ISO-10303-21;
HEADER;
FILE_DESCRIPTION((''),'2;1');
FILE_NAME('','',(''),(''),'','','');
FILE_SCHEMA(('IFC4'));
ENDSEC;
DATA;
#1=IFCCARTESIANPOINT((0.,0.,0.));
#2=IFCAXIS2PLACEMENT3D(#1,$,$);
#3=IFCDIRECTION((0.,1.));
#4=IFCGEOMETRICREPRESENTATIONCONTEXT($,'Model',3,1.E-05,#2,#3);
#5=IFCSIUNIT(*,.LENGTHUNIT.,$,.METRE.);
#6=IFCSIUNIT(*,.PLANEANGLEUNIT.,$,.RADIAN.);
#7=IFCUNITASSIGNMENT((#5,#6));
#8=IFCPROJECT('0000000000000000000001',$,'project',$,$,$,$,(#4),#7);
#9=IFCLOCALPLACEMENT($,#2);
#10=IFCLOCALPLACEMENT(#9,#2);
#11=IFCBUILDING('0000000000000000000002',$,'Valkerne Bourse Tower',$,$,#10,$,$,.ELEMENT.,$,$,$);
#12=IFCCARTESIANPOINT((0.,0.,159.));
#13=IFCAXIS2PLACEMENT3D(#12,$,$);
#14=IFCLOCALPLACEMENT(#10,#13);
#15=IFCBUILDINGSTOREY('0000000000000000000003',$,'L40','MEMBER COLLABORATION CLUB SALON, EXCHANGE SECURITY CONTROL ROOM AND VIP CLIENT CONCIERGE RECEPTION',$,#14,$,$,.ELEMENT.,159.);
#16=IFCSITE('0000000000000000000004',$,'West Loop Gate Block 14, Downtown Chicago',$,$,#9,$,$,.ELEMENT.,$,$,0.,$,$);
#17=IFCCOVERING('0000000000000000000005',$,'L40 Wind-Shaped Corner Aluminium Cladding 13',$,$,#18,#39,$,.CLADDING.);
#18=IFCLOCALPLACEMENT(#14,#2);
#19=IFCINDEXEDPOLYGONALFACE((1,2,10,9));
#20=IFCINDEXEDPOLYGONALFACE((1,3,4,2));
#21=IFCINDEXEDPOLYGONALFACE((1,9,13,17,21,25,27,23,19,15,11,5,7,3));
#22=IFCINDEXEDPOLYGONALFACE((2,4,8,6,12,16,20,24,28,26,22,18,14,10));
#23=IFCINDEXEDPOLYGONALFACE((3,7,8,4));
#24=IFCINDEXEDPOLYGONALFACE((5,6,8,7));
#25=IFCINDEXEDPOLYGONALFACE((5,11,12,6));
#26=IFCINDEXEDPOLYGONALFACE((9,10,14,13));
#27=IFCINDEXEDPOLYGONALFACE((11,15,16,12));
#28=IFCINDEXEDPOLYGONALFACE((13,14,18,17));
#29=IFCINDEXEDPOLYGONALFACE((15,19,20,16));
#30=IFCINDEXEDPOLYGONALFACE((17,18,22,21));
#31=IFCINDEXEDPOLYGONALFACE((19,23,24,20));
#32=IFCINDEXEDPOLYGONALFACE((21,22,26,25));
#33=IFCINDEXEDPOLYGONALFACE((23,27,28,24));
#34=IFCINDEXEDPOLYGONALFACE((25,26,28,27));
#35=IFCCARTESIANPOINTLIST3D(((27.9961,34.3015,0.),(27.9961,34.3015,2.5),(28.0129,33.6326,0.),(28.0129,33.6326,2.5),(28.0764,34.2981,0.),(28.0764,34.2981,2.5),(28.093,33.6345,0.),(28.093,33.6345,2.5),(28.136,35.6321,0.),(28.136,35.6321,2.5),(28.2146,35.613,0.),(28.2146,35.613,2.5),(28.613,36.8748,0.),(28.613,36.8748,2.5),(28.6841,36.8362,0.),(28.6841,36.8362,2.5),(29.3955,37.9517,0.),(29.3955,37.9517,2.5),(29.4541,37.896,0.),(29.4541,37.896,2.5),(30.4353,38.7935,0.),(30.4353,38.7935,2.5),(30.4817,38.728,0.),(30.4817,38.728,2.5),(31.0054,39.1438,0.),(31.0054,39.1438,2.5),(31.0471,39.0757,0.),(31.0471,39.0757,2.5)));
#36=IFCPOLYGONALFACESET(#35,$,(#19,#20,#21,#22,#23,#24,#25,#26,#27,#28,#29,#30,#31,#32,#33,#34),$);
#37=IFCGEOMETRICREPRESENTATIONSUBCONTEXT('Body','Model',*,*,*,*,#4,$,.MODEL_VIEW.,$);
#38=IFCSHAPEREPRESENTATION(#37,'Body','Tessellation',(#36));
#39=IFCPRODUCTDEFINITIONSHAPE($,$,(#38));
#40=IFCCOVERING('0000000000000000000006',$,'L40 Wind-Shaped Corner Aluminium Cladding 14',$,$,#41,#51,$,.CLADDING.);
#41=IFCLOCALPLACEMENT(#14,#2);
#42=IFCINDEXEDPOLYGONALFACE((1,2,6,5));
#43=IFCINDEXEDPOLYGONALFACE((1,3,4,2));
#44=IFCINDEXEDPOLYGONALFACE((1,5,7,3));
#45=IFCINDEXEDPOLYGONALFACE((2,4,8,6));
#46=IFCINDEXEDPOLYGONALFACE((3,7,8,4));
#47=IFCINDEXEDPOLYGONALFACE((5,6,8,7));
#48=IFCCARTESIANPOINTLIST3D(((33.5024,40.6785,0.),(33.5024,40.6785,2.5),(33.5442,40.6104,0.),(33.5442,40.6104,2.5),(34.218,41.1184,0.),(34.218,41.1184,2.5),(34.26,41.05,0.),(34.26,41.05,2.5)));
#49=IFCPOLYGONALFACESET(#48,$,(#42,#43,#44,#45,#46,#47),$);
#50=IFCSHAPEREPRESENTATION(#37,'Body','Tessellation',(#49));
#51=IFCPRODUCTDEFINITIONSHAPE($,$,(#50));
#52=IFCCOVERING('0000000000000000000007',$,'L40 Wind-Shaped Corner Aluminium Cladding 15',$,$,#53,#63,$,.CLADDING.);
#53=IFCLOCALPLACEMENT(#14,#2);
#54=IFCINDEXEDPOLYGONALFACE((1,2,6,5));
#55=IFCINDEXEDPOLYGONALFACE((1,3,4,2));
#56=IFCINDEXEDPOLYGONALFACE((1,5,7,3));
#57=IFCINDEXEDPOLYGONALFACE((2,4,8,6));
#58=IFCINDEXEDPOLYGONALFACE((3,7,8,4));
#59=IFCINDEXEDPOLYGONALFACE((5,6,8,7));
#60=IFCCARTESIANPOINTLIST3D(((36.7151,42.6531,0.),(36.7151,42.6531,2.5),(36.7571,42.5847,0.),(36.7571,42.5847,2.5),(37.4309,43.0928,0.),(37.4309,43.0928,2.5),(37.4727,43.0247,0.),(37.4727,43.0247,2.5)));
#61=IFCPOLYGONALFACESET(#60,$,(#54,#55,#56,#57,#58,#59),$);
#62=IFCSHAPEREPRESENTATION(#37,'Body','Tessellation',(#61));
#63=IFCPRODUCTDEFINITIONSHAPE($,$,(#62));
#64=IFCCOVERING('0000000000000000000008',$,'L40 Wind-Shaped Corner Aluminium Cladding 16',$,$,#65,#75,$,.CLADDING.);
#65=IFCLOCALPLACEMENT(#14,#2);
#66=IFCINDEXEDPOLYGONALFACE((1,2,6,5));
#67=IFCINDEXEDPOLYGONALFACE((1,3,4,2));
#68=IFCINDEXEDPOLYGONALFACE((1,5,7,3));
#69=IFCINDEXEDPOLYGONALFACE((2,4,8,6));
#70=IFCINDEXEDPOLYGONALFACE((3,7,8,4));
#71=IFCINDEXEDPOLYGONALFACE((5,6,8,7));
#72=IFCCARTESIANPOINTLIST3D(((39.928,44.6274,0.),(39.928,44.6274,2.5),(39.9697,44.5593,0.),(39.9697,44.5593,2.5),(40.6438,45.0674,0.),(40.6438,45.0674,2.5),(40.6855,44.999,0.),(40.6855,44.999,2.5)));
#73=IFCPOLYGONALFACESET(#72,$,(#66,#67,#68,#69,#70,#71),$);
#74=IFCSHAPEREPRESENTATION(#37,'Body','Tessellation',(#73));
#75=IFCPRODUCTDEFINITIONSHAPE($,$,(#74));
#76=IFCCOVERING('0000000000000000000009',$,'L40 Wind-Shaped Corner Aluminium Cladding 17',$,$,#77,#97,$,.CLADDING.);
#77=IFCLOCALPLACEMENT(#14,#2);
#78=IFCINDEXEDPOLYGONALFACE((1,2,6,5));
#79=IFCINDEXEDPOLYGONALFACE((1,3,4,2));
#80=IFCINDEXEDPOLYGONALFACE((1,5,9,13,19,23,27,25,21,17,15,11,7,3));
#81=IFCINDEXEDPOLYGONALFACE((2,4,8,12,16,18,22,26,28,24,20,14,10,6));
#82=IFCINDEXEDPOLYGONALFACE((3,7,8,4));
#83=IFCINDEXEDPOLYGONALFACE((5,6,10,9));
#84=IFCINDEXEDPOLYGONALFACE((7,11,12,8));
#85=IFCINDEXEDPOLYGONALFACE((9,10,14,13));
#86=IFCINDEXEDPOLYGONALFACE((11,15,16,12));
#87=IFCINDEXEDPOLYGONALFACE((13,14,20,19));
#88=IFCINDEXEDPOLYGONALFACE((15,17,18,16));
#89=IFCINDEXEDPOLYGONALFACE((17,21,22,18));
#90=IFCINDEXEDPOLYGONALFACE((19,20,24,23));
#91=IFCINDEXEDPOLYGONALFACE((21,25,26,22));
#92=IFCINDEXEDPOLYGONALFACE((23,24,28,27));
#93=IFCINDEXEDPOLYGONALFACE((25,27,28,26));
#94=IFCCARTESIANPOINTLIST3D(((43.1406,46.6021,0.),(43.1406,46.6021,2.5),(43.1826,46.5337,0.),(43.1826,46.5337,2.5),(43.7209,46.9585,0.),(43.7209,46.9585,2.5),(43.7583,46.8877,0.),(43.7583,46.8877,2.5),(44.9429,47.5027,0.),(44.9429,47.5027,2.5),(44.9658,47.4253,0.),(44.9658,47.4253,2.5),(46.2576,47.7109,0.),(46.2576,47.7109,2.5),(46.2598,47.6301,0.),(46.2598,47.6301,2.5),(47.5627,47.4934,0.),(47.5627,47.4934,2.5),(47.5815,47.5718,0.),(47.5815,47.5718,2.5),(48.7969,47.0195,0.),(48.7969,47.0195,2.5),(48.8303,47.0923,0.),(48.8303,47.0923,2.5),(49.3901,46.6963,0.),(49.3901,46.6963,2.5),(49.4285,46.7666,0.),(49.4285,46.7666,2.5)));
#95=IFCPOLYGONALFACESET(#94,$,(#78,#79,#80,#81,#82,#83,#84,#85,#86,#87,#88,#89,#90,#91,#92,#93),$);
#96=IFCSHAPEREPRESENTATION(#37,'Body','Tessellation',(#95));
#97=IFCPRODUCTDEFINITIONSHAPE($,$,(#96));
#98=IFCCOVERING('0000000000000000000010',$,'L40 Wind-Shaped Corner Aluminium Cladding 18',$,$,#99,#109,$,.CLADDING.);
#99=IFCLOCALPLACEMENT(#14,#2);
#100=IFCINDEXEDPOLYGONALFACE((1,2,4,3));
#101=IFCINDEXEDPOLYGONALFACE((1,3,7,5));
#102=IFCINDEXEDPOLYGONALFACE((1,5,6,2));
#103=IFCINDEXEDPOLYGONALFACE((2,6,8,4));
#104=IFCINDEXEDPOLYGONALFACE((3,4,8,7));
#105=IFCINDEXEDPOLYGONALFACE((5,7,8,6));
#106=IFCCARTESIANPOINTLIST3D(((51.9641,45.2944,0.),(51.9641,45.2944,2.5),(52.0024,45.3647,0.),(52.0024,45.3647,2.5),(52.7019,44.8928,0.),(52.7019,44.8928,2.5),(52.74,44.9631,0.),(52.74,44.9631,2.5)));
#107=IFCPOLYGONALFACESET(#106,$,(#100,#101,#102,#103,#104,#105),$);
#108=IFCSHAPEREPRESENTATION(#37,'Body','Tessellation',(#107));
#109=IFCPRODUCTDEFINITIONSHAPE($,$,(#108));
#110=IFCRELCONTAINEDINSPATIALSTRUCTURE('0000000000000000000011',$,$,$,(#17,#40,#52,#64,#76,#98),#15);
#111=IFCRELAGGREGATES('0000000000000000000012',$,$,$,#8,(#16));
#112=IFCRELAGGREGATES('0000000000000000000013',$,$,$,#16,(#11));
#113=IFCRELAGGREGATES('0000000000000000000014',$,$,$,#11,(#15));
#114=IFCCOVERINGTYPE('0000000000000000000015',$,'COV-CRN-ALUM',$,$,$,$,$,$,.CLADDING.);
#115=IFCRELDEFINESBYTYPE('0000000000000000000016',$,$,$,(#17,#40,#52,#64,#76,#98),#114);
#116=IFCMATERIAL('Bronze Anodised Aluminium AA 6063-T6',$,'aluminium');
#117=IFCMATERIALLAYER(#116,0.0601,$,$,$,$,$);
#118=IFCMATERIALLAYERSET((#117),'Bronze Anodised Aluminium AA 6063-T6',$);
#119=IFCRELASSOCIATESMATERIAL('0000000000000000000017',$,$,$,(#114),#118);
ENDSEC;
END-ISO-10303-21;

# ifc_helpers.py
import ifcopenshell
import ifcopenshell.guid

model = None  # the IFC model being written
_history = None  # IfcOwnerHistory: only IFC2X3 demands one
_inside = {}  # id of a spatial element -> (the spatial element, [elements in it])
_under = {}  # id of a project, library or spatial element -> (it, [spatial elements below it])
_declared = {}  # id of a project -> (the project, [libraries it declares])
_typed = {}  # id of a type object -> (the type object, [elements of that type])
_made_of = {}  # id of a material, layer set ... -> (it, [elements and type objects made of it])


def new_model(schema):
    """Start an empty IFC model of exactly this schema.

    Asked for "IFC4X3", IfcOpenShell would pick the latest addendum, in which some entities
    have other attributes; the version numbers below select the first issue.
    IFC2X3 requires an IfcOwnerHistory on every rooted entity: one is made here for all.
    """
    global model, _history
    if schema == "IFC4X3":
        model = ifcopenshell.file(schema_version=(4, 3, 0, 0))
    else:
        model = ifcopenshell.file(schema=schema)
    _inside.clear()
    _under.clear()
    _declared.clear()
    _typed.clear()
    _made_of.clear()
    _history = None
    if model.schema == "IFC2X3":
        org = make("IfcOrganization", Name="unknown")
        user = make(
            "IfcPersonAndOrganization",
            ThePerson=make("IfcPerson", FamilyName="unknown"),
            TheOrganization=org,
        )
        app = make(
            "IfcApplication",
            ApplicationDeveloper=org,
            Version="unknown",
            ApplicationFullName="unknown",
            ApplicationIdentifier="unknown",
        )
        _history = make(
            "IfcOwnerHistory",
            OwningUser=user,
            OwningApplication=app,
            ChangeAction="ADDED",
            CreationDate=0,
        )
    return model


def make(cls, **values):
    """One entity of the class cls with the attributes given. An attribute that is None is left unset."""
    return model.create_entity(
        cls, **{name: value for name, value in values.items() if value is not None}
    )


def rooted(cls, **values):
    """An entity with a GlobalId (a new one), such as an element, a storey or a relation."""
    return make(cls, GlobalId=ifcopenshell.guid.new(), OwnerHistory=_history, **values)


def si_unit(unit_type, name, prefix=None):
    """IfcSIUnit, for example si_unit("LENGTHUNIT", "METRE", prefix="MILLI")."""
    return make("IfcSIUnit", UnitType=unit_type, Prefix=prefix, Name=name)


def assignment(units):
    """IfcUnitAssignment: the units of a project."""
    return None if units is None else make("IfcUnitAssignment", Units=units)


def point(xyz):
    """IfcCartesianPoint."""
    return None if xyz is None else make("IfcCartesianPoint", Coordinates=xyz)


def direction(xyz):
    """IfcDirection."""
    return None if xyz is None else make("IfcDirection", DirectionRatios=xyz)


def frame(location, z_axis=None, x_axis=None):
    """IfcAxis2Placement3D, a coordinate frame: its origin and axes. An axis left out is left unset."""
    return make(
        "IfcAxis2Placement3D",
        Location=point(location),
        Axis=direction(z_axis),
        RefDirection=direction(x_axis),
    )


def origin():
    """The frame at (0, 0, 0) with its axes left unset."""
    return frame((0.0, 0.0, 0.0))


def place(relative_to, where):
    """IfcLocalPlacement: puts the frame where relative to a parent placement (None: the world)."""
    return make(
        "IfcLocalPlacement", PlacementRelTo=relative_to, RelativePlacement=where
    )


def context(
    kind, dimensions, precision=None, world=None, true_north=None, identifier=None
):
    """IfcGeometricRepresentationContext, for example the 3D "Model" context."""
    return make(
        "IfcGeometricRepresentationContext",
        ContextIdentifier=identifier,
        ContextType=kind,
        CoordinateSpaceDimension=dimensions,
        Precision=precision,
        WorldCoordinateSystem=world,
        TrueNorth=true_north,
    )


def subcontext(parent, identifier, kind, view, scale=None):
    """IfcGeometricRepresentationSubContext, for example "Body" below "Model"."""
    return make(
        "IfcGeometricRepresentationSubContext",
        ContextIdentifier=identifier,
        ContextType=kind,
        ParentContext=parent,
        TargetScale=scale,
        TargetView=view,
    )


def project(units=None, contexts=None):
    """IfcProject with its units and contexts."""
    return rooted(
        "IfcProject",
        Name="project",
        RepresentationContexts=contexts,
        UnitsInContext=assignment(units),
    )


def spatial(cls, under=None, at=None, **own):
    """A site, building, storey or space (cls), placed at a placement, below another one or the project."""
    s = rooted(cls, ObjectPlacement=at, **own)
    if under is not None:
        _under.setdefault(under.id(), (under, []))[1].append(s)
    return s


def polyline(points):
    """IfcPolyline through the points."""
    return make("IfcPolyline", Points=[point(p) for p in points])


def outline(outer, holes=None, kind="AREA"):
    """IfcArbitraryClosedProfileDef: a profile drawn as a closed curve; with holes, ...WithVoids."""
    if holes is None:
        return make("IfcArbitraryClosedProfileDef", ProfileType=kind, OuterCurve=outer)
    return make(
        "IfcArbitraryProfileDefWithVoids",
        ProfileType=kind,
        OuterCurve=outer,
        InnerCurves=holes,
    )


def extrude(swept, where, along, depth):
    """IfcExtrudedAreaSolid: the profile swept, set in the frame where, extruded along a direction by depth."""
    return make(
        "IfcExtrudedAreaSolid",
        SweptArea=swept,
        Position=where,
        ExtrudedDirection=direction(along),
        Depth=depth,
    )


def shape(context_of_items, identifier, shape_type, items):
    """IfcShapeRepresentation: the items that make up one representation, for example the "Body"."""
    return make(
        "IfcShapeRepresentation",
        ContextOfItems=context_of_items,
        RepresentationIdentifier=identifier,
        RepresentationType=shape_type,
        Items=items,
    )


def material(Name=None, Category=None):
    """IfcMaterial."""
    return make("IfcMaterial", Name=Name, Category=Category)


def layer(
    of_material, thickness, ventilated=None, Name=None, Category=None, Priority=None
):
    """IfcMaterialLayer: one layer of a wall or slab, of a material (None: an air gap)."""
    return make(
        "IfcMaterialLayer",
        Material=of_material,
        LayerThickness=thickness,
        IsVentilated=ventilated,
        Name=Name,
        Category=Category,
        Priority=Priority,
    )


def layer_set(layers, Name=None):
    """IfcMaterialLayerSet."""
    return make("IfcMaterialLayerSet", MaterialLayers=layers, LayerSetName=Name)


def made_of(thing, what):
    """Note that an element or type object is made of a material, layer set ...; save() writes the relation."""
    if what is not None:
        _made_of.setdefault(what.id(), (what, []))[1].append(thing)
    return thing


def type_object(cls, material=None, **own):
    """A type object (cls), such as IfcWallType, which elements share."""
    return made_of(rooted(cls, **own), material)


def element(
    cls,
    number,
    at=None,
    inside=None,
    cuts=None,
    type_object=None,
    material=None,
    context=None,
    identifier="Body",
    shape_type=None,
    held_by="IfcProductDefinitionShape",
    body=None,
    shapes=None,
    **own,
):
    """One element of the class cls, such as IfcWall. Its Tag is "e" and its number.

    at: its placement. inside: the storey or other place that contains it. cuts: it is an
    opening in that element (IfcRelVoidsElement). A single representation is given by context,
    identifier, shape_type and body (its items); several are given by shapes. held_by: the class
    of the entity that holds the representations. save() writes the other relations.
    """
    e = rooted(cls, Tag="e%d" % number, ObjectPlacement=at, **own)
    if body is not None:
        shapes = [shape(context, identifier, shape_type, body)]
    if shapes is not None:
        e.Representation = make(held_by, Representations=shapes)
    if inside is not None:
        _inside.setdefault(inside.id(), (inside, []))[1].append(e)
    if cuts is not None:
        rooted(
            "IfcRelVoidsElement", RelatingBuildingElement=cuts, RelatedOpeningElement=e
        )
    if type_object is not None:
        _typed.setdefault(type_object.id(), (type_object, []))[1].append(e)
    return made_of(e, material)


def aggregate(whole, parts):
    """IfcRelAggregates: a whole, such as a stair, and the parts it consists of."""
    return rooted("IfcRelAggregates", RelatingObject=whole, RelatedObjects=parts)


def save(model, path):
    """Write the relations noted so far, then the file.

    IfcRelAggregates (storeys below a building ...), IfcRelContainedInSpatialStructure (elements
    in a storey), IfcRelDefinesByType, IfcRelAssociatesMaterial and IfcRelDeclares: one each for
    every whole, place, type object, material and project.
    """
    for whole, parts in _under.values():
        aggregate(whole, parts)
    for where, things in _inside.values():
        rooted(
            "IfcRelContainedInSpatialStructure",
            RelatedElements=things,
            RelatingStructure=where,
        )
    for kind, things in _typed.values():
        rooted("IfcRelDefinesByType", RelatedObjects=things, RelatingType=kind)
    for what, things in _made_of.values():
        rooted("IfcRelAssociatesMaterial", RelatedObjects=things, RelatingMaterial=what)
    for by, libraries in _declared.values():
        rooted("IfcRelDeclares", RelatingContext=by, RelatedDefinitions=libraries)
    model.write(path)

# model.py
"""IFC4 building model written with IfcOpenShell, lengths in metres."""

from ifc_helpers import new_model, si_unit, direction, frame, origin, place, context, subcontext, project, spatial, polyline, outline, extrude, material, layer, layer_set, type_object, element, save


model = new_model("IFC4")

# Units and contexts
model_context = context("Model", 3, precision=1e-05, world=origin(), true_north=direction((0.0, 1.0)))
body_context = subcontext(model_context, "Body", "Model", "MODEL_VIEW")
ifc_project = project(units=[si_unit("LENGTHUNIT", "METRE"), si_unit("PLANEANGLEUNIT", "RADIAN")], contexts=[model_context])

# Site, building, storey
site_placement = place(None, origin())
site = spatial("IfcSite", under=ifc_project, at=site_placement, Name="West Loop Gate Block 14, Downtown Chicago", CompositionType="ELEMENT", RefElevation=0.0)
building_placement = place(site_placement, origin())
building = spatial("IfcBuilding", under=site, at=building_placement, Name="Valkerne Bourse Tower", CompositionType="ELEMENT")
storey_placement = place(building_placement, frame((0.0, 0.0, 159.0)))
storey = spatial("IfcBuildingStorey", under=building, at=storey_placement, Name="L40", Description="MEMBER COLLABORATION CLUB SALON, EXCHANGE SECURITY CONTROL ROOM AND VIP CLIENT CONCIERGE RECEPTION", CompositionType="ELEMENT", Elevation=159.0)

# Coverings
ifc_material_1 = material(Name="Bronze Anodised Aluminium AA 6063-T6", Category="aluminium")
ifc_layer_1 = layer(ifc_material_1, 0.0601)
ifc_layer_set_1 = layer_set([ifc_layer_1], Name="Bronze Anodised Aluminium AA 6063-T6")
covering_type = type_object("IfcCoveringType", Name="COV-CRN-ALUM", PredefinedType="CLADDING", material=ifc_layer_set_1)
covering_1_placement = place(storey_placement, origin())
element("IfcCovering", 1, at=covering_1_placement, inside=storey, type_object=covering_type, Name="L40 Wind-Shaped Corner Aluminium Cladding 13", PredefinedType="CLADDING", context=body_context, shape_type="SweptSolid", body=[
    extrude(outline(polyline([(27.9961, 34.3015), (28.136, 35.6321), (28.613, 36.8748), (29.3955, 37.9517), (30.4353, 38.7935), (31.0054, 39.1438), (31.0471, 39.0757), (30.4817, 38.728), (29.4541, 37.896), (28.6841, 36.8362), (28.2146, 35.613), (28.0764, 34.2981), (28.093, 33.6345), (28.0129, 33.6326), (27.9961, 34.3015)])), origin(), (0.0, 0.0, 1.0), 2.5),
])
covering_2_placement = place(storey_placement, origin())
element("IfcCovering", 2, at=covering_2_placement, inside=storey, type_object=covering_type, Name="L40 Wind-Shaped Corner Aluminium Cladding 14", PredefinedType="CLADDING", context=body_context, shape_type="SweptSolid", body=[
    extrude(outline(polyline([(34.218, 41.1184), (34.26, 41.05), (33.5442, 40.6104), (33.5024, 40.6785), (34.218, 41.1184)])), origin(), (0.0, 0.0, 1.0), 2.5),
])
covering_3_placement = place(storey_placement, origin())
element("IfcCovering", 3, at=covering_3_placement, inside=storey, type_object=covering_type, Name="L40 Wind-Shaped Corner Aluminium Cladding 15", PredefinedType="CLADDING", context=body_context, shape_type="SweptSolid", body=[
    extrude(outline(polyline([(37.4309, 43.0928), (37.4727, 43.0247), (36.7571, 42.5847), (36.7151, 42.6531), (37.4309, 43.0928)])), origin(), (0.0, 0.0, 1.0), 2.5),
])
covering_4_placement = place(storey_placement, origin())
element("IfcCovering", 4, at=covering_4_placement, inside=storey, type_object=covering_type, Name="L40 Wind-Shaped Corner Aluminium Cladding 16", PredefinedType="CLADDING", context=body_context, shape_type="SweptSolid", body=[
    extrude(outline(polyline([(40.6438, 45.0674), (40.6855, 44.999), (39.9697, 44.5593), (39.928, 44.6274), (40.6438, 45.0674)])), origin(), (0.0, 0.0, 1.0), 2.5),
])
covering_5_placement = place(storey_placement, origin())
element("IfcCovering", 5, at=covering_5_placement, inside=storey, type_object=covering_type, Name="L40 Wind-Shaped Corner Aluminium Cladding 17", PredefinedType="CLADDING", context=body_context, shape_type="SweptSolid", body=[
    extrude(outline(polyline([(43.7209, 46.9585), (44.9429, 47.5027), (46.2576, 47.7109), (47.5815, 47.5718), (48.8303, 47.0923), (49.4285, 46.7666), (49.3901, 46.6963), (48.7969, 47.0195), (47.5627, 47.4934), (46.2598, 47.6301), (44.9658, 47.4253), (43.7583, 46.8877), (43.1826, 46.5337), (43.1406, 46.6021), (43.7209, 46.9585)])), origin(), (0.0, 0.0, 1.0), 2.5),
])
covering_6_placement = place(storey_placement, origin())
element("IfcCovering", 6, at=covering_6_placement, inside=storey, type_object=covering_type, Name="L40 Wind-Shaped Corner Aluminium Cladding 18", PredefinedType="CLADDING", context=body_context, shape_type="SweptSolid", body=[
    extrude(outline(polyline([(52.74, 44.9631), (52.7019, 44.8928), (51.9641, 45.2944), (52.0024, 45.3647), (52.74, 44.9631)])), origin(), (0.0, 0.0, 1.0), 2.5),
])

save(model, "model.ifc")
